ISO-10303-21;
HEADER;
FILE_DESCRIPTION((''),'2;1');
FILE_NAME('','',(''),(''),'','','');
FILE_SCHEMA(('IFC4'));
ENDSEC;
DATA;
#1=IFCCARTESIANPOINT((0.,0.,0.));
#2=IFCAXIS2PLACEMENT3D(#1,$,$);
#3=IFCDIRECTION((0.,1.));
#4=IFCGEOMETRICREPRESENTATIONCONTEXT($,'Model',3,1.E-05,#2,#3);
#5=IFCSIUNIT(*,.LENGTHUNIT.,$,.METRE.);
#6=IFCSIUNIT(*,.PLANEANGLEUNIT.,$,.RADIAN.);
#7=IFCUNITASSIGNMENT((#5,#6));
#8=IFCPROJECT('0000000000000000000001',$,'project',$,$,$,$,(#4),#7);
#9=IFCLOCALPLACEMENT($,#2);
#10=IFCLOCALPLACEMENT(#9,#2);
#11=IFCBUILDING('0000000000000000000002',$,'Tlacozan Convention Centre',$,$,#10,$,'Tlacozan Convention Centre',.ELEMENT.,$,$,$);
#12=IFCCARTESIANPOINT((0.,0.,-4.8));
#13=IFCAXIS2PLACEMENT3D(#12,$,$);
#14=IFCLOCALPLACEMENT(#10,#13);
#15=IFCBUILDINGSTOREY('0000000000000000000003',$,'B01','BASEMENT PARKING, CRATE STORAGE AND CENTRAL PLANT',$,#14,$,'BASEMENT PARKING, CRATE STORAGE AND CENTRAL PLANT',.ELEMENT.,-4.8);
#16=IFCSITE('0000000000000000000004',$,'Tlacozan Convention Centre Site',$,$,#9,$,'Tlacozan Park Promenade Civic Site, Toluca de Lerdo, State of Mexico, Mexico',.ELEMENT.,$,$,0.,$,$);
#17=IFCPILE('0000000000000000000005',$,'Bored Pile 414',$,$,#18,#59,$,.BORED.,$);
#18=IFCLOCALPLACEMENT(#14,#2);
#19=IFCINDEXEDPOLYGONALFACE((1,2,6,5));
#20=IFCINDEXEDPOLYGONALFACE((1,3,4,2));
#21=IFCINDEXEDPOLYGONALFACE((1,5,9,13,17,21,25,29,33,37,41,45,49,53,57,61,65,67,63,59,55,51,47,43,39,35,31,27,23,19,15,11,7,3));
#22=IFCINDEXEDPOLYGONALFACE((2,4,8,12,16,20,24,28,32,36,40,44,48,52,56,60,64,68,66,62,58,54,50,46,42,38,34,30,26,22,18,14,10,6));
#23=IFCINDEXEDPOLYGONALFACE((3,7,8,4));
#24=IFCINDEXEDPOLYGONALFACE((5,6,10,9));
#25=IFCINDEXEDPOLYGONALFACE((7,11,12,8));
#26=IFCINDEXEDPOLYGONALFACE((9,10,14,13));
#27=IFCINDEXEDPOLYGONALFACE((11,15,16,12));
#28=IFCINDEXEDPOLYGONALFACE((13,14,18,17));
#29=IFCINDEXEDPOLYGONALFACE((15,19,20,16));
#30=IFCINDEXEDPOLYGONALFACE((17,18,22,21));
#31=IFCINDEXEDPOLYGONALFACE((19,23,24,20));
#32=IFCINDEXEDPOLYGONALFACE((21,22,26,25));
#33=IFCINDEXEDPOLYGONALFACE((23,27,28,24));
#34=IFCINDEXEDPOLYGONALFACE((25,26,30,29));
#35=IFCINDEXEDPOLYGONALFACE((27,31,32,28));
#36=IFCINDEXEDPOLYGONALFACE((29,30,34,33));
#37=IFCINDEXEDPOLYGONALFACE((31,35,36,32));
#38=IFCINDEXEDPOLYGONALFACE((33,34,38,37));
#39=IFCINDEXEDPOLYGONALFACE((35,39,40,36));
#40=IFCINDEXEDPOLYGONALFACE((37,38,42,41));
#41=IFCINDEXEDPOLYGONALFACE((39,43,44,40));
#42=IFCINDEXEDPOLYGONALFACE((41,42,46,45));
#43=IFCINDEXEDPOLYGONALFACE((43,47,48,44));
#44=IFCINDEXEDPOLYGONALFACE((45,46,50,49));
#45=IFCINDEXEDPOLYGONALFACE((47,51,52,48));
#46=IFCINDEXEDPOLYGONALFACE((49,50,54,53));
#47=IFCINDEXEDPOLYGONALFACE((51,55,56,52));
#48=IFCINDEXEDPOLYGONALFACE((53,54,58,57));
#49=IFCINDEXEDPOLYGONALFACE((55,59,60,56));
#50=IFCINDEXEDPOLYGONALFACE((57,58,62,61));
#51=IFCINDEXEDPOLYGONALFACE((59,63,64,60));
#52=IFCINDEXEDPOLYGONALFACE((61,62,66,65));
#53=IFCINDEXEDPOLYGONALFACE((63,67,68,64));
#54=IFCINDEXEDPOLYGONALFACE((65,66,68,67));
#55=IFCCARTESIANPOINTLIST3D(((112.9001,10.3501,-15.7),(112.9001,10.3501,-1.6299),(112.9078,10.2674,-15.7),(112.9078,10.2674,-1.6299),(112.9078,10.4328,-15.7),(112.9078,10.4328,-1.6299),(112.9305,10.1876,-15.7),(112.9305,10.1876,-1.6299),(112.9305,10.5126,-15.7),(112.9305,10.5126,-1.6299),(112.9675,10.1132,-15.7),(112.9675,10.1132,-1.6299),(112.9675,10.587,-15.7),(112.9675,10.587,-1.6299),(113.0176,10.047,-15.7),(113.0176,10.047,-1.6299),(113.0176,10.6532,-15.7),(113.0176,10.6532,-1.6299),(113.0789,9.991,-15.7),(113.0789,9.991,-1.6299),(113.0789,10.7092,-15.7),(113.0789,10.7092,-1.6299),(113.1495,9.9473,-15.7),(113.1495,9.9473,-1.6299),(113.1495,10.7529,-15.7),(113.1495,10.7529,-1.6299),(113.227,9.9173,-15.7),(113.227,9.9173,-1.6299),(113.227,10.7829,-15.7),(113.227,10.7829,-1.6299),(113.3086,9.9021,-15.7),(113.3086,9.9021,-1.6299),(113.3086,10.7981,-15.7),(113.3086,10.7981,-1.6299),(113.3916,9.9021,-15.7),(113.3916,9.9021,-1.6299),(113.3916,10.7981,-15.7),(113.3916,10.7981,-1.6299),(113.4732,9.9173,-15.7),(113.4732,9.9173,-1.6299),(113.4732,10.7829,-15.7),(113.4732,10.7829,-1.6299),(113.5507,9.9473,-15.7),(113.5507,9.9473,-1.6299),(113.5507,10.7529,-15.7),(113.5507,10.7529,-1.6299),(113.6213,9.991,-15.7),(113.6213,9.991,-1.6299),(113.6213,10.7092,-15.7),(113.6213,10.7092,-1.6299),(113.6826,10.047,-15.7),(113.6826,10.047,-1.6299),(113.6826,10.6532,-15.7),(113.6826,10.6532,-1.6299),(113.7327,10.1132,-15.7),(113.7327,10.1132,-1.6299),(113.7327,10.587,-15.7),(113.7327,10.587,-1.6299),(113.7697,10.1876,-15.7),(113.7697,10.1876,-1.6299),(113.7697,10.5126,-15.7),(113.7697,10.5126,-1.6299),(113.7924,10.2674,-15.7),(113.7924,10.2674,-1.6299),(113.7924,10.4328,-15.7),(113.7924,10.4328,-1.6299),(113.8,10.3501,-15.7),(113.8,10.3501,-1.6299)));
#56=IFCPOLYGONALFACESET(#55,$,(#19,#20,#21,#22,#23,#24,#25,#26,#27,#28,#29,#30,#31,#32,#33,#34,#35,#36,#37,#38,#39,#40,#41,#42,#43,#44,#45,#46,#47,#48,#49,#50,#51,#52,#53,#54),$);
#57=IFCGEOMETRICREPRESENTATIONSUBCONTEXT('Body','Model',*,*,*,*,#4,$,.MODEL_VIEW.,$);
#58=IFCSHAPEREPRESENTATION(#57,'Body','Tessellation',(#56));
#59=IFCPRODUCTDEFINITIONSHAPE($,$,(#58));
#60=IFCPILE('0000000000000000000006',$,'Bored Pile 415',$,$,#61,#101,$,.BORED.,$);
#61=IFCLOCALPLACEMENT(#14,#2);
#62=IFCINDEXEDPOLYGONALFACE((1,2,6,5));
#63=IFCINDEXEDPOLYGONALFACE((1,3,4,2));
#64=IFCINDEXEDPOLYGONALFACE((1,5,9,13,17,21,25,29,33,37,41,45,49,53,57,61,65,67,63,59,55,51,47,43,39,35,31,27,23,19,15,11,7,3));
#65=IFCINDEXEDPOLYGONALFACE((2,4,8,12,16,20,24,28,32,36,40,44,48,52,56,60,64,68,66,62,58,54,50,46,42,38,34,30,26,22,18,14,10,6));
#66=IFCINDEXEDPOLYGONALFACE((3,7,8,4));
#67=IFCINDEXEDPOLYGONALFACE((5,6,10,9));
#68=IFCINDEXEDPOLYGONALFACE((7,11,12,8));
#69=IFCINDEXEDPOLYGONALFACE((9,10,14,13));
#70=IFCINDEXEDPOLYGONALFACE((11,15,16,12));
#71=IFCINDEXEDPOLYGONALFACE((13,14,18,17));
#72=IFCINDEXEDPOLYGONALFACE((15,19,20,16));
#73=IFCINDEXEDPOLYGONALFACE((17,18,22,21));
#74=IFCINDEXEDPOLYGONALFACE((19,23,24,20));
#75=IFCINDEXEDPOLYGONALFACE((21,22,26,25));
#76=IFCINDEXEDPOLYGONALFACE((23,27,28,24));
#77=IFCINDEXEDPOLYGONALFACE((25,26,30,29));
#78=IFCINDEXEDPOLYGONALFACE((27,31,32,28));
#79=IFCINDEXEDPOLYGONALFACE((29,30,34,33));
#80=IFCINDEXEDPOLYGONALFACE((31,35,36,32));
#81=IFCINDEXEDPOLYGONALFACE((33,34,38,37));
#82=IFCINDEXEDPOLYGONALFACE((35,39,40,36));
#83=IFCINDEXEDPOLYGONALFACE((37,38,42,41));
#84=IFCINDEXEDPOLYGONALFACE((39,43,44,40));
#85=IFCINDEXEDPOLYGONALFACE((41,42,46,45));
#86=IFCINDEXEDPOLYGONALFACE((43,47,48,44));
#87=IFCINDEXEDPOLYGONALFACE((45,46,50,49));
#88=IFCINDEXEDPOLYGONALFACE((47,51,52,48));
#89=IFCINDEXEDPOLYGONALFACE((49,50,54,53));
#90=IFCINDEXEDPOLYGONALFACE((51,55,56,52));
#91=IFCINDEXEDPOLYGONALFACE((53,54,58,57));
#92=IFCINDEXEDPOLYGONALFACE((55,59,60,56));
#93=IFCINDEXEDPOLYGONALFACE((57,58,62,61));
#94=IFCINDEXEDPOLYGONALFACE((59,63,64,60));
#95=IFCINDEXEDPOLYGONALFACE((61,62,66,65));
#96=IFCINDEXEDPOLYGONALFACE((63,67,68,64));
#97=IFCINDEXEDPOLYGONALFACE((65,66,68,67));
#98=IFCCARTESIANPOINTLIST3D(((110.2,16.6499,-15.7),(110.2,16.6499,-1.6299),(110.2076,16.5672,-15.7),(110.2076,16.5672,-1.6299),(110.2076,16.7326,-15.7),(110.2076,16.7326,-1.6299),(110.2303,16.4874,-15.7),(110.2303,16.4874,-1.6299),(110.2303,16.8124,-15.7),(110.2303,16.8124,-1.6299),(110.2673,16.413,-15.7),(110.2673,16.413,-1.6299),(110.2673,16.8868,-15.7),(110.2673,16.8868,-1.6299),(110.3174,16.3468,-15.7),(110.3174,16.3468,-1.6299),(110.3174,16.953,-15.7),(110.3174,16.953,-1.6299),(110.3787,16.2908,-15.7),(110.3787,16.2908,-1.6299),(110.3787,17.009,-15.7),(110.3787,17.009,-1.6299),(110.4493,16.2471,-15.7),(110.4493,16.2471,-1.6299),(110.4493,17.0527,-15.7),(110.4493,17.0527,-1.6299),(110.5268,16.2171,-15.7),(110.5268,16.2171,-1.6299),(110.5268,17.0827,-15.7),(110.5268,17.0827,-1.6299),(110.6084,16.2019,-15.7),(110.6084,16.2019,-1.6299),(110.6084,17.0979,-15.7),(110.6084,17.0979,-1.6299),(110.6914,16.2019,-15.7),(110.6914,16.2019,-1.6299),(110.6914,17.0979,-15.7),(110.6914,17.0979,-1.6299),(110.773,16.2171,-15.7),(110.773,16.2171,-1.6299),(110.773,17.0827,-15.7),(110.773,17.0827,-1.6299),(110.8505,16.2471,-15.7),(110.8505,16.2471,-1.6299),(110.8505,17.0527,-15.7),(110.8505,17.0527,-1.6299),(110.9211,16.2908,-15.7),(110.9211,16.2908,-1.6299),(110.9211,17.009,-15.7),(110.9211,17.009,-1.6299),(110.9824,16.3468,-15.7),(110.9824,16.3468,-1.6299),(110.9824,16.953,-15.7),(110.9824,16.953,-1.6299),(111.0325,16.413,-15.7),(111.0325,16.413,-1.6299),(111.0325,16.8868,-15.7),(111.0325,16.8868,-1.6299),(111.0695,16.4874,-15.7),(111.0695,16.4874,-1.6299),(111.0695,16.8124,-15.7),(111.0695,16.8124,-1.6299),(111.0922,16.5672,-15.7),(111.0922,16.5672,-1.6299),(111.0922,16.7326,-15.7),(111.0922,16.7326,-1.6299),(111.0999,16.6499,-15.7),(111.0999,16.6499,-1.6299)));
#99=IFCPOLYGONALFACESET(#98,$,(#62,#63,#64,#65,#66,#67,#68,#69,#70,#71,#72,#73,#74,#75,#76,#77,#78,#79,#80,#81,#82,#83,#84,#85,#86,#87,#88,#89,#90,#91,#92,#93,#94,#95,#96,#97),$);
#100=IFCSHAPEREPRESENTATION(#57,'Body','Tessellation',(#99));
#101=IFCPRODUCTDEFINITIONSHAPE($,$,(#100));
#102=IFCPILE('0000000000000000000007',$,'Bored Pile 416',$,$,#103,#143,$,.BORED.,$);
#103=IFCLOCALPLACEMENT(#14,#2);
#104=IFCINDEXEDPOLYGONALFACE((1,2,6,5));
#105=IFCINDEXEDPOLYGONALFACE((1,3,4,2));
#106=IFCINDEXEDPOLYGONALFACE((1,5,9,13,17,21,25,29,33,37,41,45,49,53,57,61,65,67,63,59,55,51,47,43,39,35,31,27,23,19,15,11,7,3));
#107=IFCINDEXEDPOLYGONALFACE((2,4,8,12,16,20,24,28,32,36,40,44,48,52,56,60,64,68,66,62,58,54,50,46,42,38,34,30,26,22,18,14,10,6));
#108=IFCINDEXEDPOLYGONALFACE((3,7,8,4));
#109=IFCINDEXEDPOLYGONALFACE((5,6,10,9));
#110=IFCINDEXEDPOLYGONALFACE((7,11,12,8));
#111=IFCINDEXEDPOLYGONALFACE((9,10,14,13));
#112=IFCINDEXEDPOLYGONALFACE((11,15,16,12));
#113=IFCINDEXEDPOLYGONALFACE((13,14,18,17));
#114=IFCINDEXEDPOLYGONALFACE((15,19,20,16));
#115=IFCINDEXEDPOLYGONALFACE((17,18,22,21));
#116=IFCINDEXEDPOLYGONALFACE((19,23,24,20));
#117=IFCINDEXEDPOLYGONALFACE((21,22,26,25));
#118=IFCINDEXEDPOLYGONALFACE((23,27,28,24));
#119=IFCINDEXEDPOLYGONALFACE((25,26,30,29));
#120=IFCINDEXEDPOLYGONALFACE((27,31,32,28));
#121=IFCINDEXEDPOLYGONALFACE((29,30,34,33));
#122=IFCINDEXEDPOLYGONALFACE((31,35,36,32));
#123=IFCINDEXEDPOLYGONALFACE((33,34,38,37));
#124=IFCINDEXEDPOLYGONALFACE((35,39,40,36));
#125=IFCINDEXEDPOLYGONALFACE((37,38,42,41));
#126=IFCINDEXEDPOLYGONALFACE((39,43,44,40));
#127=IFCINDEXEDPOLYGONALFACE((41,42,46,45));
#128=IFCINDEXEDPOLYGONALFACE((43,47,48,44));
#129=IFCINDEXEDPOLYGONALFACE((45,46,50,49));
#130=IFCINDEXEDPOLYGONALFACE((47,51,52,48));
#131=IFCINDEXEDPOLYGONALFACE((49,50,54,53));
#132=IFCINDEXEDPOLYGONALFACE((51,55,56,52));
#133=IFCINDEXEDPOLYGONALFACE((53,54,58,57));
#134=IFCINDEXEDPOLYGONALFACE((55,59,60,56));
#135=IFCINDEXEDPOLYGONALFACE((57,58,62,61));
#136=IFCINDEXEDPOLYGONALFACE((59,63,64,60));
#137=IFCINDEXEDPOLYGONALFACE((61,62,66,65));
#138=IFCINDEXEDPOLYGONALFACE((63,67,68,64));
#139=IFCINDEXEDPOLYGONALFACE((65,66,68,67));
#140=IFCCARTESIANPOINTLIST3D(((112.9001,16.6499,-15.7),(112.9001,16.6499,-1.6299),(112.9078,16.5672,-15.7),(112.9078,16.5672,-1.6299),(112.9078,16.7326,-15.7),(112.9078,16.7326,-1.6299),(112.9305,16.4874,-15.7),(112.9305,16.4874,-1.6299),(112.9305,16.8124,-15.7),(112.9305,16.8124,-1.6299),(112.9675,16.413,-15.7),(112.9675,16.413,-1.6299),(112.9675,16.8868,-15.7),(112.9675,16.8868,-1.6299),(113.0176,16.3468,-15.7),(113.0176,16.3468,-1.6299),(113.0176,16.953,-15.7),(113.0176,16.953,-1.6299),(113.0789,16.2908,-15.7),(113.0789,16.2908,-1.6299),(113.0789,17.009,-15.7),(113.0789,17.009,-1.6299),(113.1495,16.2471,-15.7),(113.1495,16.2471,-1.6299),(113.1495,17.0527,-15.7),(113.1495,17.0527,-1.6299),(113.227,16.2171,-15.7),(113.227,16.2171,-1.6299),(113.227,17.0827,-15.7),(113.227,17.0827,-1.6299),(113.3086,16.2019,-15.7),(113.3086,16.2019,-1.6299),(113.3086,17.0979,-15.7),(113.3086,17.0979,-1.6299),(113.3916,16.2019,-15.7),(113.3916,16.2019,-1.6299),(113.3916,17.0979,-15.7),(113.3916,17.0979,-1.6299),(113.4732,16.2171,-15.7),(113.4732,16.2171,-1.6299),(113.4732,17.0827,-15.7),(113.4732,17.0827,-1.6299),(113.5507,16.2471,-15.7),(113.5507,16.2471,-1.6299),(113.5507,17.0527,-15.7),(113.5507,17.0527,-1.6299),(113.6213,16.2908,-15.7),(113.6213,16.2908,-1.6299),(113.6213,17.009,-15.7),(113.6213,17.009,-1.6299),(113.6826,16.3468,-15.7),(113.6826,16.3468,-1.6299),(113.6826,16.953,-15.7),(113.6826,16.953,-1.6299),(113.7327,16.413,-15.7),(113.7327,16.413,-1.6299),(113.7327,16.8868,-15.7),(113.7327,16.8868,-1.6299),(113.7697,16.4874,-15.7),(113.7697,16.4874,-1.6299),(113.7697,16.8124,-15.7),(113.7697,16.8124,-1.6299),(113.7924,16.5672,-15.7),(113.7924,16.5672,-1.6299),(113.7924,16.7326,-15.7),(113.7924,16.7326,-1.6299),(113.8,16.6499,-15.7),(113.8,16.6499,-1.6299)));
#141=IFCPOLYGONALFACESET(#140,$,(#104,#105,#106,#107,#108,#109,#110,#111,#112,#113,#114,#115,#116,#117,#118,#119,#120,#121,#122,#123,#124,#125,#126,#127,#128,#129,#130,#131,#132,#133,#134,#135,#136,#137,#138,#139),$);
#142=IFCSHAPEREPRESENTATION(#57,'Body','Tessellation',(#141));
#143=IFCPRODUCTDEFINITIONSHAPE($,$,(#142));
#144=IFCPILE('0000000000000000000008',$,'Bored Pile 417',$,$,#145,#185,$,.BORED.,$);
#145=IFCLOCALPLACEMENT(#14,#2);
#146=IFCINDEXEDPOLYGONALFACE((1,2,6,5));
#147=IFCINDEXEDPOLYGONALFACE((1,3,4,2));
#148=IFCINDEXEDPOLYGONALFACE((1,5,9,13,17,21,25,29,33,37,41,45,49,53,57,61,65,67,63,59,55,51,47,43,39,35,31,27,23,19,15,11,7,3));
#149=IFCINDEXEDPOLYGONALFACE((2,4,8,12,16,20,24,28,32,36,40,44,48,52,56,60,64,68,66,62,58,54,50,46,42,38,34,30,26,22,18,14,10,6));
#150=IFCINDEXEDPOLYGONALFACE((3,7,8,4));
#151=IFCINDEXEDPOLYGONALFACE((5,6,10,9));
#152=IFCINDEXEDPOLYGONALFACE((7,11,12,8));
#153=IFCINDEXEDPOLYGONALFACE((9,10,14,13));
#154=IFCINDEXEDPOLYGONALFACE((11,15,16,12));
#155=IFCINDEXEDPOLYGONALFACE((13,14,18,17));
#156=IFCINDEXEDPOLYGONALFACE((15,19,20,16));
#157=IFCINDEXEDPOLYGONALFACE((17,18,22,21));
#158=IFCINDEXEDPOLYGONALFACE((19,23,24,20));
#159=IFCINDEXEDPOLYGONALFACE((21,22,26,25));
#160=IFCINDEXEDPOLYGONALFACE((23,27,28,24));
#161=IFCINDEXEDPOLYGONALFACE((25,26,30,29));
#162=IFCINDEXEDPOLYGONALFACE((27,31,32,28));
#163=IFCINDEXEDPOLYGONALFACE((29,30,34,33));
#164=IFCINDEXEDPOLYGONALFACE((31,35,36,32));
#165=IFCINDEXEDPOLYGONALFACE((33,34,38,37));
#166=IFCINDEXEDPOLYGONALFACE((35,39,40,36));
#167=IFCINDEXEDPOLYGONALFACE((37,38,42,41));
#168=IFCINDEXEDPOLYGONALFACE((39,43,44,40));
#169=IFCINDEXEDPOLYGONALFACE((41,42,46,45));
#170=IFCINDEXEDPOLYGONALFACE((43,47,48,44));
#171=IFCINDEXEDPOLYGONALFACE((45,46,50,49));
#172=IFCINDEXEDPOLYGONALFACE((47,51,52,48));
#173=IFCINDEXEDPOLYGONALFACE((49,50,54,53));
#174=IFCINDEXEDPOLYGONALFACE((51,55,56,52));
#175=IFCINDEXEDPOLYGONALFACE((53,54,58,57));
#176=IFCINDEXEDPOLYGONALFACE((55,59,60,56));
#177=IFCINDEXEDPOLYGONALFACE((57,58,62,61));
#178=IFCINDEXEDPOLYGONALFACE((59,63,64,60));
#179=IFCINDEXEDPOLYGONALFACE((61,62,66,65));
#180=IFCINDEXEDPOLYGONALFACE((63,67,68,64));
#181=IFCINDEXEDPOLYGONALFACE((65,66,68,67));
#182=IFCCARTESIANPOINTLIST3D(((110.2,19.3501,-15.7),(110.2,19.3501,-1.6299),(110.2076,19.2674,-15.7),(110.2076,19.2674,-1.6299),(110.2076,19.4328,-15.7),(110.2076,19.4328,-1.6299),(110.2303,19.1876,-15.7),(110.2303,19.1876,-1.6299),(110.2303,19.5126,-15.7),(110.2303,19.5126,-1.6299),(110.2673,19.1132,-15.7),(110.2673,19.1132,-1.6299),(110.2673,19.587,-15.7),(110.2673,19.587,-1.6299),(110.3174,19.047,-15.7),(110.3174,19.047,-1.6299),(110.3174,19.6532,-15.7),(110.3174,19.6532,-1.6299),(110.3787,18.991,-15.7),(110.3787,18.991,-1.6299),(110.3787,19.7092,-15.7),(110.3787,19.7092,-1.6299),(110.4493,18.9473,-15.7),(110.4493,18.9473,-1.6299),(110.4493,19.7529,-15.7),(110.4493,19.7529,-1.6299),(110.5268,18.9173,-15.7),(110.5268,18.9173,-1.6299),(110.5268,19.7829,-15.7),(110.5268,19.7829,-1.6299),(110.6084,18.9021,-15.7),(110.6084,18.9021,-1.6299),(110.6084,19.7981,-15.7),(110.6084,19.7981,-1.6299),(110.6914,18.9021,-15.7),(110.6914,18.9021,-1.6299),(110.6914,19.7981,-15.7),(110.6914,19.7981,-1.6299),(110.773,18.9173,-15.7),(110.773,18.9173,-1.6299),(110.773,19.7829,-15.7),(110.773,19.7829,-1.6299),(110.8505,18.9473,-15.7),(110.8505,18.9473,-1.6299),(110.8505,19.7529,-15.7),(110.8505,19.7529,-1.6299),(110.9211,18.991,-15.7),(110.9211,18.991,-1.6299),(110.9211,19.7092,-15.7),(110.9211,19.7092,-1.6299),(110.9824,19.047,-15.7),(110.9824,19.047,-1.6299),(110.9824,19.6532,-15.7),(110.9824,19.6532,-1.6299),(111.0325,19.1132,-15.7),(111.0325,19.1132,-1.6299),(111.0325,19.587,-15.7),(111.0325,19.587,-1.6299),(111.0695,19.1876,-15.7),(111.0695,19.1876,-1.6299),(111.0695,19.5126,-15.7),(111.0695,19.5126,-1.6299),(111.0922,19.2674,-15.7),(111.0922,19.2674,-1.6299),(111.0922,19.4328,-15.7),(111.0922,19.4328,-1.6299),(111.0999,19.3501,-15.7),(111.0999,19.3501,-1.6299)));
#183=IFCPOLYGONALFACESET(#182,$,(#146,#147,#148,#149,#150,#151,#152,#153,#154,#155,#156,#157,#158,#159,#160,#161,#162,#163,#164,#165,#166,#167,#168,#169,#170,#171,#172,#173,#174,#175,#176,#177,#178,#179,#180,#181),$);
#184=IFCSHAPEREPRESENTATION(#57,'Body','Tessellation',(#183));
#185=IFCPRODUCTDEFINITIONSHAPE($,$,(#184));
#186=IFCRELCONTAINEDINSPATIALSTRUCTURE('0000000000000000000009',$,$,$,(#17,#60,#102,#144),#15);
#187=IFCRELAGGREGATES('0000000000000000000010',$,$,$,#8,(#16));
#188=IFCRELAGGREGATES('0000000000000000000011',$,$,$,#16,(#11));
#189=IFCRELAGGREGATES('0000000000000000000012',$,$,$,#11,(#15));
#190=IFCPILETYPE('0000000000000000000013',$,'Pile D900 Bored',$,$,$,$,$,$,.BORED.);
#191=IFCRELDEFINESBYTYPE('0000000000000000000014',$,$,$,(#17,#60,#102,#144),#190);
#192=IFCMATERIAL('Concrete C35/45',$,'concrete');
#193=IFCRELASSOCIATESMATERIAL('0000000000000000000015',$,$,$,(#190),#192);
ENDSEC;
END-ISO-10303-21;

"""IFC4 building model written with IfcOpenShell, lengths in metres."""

from ifc_helpers import new_model, si_unit, direction, frame, origin, origin_2d, place, context, subcontext, project, spatial, circle, extrude, material, material_profile, profile_set, type_object, element, save


model = new_model("IFC4")

# Units and contexts
model_context = context("Model", 3, precision=1e-05, world=origin(), true_north=direction((0.0, 1.0)))
body_context = subcontext(model_context, "Body", "Model", "MODEL_VIEW")
ifc_project = project(units=[si_unit("LENGTHUNIT", "METRE"), si_unit("PLANEANGLEUNIT", "RADIAN")], contexts=[model_context])

# Site, building, storey
site_placement = place(None, origin())
site = spatial("IfcSite", under=ifc_project, at=site_placement, Name="Tlacozan Convention Centre Site", LongName="Tlacozan Park Promenade Civic Site, Toluca de Lerdo, State of Mexico, Mexico", CompositionType="ELEMENT", RefElevation=0.0)
building_placement = place(site_placement, origin())
building = spatial("IfcBuilding", under=site, at=building_placement, Name="Tlacozan Convention Centre", LongName="Tlacozan Convention Centre", CompositionType="ELEMENT")
storey_placement = place(building_placement, frame((0.0, 0.0, -4.8)))
storey = spatial("IfcBuildingStorey", under=building, at=storey_placement, Name="B01", Description="BASEMENT PARKING, CRATE STORAGE AND CENTRAL PLANT", LongName="BASEMENT PARKING, CRATE STORAGE AND CENTRAL PLANT", CompositionType="ELEMENT", Elevation=-4.8)

# Shared definitions
ifc_material_1 = material(Name="Concrete C35/45", Category="concrete")

# Piles
ifc_material_profile_1 = material_profile(ifc_material_1, circle(Radius=0.45, at=origin_2d()), Name="PILE D900")
ifc_profile_set_1 = profile_set([ifc_material_profile_1], Name="Concrete C35/45")
pile_type = type_object("IfcPileType", Name="Pile D900 Bored", PredefinedType="BORED", material=ifc_profile_set_1)
for number, where, z_axis, x_axis, name in (
    (1, (113.3501, 10.3501, -1.6299), (0.0, 0.0, -1.0), (1.0, 0.0, 0.0), "Bored Pile 414"),
    (2, (110.6499, 16.6499, -1.6299), (0.0, 0.0, -1.0), (1.0, 0.0, 0.0), "Bored Pile 415"),
    (3, (113.3501, 16.6499, -1.6299), (0.0, 0.0, -1.0), (1.0, 0.0, 0.0), "Bored Pile 416"),
    (4, (110.6499, 19.3501, -1.6299), (0.0, 0.0, -1.0), (1.0, 0.0, 0.0), "Bored Pile 417"),
):
    element("IfcPile", number, at=place(storey_placement, frame(where, z_axis=z_axis, x_axis=x_axis)), inside=storey, type_object=pile_type, Name=name, PredefinedType="BORED", context=body_context, shape_type="SweptSolid", body=[
        extrude(circle(Radius=0.45, at=origin_2d()), origin(), (0.0, 0.0, 1.0), 14.0701),
    ])

save(model, "model.ifc")
